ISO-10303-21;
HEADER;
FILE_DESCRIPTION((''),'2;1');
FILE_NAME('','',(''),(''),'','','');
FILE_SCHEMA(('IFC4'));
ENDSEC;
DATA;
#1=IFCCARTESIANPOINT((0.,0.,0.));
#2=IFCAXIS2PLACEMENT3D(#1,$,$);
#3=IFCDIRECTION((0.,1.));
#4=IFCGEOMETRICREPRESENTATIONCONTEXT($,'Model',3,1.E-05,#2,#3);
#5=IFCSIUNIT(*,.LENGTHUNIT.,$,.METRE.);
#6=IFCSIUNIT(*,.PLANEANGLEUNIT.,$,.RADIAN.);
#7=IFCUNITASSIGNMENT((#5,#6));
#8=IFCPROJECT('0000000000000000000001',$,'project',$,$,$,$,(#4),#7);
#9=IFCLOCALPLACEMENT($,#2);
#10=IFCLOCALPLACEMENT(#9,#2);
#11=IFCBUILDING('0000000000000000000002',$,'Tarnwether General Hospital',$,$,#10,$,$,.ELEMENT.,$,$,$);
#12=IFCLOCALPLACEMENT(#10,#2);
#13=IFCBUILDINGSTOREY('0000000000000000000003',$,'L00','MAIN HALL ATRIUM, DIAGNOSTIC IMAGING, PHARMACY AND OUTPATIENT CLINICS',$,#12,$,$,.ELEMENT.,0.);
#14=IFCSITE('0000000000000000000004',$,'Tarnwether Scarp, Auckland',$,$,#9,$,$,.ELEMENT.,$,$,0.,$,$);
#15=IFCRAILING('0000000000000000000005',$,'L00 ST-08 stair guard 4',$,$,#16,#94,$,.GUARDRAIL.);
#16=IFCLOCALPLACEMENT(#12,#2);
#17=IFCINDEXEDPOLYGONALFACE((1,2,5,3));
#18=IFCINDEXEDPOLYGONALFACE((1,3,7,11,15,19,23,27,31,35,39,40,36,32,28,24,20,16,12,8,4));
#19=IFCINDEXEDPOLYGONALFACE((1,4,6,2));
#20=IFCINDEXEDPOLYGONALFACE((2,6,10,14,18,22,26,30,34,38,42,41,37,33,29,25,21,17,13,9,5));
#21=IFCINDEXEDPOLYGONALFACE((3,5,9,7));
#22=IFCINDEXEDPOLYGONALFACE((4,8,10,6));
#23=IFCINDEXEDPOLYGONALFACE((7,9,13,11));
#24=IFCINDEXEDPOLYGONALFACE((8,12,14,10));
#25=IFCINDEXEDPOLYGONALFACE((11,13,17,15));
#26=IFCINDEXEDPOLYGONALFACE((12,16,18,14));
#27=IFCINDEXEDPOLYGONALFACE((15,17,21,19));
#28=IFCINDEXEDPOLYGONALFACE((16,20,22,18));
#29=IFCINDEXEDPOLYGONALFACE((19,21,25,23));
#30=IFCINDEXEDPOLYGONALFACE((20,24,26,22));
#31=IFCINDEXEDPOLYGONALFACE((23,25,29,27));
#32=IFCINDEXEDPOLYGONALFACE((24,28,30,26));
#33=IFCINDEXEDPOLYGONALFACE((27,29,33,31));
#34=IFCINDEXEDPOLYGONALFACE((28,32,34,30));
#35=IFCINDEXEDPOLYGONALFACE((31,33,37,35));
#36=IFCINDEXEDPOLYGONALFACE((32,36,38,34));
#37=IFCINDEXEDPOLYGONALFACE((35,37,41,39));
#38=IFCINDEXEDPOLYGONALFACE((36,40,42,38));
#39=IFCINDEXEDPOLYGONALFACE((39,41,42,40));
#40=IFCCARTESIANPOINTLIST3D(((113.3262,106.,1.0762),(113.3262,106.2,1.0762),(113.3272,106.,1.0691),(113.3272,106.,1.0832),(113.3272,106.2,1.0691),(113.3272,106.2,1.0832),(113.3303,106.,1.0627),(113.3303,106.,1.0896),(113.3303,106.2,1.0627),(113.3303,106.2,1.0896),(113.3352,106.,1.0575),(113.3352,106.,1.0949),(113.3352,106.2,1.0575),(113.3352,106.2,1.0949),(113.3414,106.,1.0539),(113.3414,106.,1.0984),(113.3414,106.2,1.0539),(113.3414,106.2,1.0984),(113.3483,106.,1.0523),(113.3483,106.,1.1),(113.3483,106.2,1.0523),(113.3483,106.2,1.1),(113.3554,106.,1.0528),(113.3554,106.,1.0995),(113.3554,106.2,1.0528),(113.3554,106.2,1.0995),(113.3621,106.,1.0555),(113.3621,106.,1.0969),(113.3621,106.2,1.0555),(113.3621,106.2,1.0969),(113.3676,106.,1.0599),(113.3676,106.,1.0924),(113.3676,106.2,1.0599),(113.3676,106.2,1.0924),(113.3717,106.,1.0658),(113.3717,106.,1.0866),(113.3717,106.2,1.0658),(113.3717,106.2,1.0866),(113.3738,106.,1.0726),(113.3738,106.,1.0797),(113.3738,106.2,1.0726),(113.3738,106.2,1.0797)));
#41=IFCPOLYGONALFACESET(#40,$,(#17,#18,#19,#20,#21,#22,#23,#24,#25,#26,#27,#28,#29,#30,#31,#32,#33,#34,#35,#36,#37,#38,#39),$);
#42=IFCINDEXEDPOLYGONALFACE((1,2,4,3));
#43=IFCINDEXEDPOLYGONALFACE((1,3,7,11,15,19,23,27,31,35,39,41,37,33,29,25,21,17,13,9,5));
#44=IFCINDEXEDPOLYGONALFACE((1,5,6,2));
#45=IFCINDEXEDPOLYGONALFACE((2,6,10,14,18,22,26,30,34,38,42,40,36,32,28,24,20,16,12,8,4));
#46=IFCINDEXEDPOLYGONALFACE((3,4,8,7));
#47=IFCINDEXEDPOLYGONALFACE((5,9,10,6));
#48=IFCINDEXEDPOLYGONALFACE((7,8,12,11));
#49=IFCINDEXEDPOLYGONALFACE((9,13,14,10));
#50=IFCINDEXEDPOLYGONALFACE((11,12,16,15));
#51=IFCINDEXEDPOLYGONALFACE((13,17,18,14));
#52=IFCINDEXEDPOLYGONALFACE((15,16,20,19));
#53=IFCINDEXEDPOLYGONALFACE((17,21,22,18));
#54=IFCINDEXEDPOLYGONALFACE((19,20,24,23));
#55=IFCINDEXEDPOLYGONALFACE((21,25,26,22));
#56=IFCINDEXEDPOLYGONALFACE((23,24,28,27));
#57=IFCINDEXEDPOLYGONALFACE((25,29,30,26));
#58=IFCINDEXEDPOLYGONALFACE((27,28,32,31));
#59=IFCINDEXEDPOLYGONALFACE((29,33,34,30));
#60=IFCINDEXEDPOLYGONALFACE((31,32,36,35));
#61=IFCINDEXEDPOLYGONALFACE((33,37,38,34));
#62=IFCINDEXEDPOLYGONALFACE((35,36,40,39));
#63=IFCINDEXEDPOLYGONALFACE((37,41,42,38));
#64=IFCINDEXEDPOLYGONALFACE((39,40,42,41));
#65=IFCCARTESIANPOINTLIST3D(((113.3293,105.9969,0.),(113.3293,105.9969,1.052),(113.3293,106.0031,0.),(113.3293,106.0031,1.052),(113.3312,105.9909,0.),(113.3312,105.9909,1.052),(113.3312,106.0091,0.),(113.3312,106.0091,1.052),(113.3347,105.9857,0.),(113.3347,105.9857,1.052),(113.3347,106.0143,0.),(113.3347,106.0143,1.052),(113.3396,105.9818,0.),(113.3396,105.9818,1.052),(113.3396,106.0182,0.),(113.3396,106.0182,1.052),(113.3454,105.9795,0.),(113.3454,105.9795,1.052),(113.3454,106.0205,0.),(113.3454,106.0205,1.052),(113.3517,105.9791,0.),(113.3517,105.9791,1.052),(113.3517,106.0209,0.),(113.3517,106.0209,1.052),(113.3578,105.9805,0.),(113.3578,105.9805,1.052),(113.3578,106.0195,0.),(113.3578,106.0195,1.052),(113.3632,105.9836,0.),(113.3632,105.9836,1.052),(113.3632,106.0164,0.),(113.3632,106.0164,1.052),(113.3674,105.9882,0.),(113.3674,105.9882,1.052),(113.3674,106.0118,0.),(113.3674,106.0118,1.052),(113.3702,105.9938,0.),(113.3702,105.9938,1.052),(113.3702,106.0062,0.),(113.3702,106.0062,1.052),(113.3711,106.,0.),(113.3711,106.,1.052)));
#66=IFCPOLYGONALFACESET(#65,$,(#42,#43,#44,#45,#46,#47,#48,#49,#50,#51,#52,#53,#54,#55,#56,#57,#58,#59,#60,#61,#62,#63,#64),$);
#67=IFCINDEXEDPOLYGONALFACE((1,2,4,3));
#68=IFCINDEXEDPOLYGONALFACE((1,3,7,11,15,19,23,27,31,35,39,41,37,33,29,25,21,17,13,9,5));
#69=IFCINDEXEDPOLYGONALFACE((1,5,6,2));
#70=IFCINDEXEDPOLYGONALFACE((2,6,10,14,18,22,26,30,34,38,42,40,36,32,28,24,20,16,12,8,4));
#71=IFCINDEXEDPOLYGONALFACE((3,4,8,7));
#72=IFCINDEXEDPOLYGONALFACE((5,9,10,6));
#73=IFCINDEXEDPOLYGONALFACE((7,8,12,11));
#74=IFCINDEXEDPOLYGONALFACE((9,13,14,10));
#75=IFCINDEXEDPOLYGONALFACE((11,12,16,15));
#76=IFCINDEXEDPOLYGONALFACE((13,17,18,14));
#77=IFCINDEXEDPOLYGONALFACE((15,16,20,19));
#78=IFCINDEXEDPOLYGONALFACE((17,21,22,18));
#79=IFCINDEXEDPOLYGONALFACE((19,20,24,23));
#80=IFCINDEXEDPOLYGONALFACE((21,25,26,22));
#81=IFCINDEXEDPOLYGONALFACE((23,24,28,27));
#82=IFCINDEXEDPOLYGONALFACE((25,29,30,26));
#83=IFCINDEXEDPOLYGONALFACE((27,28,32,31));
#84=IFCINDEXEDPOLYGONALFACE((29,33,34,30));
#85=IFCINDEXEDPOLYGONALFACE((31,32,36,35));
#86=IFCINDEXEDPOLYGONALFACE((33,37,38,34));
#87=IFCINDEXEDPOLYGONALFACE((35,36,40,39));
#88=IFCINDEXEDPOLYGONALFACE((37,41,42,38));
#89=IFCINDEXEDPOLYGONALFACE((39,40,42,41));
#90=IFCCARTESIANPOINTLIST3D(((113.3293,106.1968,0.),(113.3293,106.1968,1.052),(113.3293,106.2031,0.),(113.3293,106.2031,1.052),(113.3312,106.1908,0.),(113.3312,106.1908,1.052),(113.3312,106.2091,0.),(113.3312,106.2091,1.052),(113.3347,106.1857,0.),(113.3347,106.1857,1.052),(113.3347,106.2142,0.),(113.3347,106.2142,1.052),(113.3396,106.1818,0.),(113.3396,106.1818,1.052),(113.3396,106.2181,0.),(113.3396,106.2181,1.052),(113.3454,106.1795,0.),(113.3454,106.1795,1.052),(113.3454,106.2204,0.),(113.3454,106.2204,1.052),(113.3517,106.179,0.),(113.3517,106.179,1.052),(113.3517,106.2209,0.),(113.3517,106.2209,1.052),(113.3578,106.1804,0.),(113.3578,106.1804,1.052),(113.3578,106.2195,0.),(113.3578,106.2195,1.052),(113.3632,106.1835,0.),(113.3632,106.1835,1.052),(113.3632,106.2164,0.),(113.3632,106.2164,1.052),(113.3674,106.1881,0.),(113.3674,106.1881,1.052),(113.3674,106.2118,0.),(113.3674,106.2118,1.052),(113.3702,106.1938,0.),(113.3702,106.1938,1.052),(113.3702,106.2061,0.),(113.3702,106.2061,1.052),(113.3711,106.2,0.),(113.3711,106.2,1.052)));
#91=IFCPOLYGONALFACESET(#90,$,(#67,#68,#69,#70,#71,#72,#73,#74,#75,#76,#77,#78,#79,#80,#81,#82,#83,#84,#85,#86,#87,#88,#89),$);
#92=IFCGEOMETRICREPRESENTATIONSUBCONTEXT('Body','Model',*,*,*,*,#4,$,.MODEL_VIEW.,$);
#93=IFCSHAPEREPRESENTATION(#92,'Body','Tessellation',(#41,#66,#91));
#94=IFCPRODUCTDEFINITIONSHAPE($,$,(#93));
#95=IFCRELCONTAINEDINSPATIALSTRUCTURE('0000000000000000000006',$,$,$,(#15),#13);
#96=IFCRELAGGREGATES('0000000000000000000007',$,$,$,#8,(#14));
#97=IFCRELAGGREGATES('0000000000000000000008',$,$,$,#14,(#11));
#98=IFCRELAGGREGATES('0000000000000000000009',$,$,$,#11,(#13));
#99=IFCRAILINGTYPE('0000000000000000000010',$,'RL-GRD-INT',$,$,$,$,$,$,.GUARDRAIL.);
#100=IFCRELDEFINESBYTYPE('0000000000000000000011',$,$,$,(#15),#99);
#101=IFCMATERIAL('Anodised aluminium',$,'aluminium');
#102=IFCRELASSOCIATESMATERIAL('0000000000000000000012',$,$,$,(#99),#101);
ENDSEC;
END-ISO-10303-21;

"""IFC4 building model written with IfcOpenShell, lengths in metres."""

from ifc_helpers import new_model, si_unit, direction, frame, origin, origin_2d, place, context, subcontext, project, spatial, circle, extrude, material, type_object, element, save


model = new_model("IFC4")

# Units and contexts
model_context = context("Model", 3, precision=1e-05, world=origin(), true_north=direction((0.0, 1.0)))
body_context = subcontext(model_context, "Body", "Model", "MODEL_VIEW")
ifc_project = project(units=[si_unit("LENGTHUNIT", "METRE"), si_unit("PLANEANGLEUNIT", "RADIAN")], contexts=[model_context])

# Site, building, storey
site_placement = place(None, origin())
site = spatial("IfcSite", under=ifc_project, at=site_placement, Name="Tarnwether Scarp, Auckland", CompositionType="ELEMENT", RefElevation=0.0)
building_placement = place(site_placement, origin())
building = spatial("IfcBuilding", under=site, at=building_placement, Name="Tarnwether General Hospital", CompositionType="ELEMENT")
storey_placement = place(building_placement, origin())
storey = spatial("IfcBuildingStorey", under=building, at=storey_placement, Name="L00", Description="MAIN HALL ATRIUM, DIAGNOSTIC IMAGING, PHARMACY AND OUTPATIENT CLINICS", CompositionType="ELEMENT", Elevation=0.0)

# Railing
ifc_material_1 = material(Name="Anodised aluminium", Category="aluminium")
railing_type_1 = type_object("IfcRailingType", Name="RL-GRD-INT", PredefinedType="GUARDRAIL", material=ifc_material_1)
railing_1_placement = place(storey_placement, frame((113.3501, 106.0, 0.0)))
element("IfcRailing", 1, at=railing_1_placement, inside=storey, type_object=railing_type_1, Name="L00 ST-08 stair guard 4", PredefinedType="GUARDRAIL", context=body_context, shape_type="SweptSolid", body=[
    extrude(circle(Radius=0.0239, at=origin_2d()), frame((0.0, 0.0, 1.0762), z_axis=(0.0, 1.0, 0.0), x_axis=(-1.0, 0.0, 0.0)), (0.0, 0.0, 1.0), 0.2),
    extrude(circle(Radius=0.021, at=origin_2d()), origin(), (0.0, 0.0, 1.0), 1.052),
    extrude(circle(Radius=0.021, at=origin_2d()), frame((0.0, 0.2, 0.0)), (0.0, 0.0, 1.0), 1.052),
])

save(model, "model.ifc")
